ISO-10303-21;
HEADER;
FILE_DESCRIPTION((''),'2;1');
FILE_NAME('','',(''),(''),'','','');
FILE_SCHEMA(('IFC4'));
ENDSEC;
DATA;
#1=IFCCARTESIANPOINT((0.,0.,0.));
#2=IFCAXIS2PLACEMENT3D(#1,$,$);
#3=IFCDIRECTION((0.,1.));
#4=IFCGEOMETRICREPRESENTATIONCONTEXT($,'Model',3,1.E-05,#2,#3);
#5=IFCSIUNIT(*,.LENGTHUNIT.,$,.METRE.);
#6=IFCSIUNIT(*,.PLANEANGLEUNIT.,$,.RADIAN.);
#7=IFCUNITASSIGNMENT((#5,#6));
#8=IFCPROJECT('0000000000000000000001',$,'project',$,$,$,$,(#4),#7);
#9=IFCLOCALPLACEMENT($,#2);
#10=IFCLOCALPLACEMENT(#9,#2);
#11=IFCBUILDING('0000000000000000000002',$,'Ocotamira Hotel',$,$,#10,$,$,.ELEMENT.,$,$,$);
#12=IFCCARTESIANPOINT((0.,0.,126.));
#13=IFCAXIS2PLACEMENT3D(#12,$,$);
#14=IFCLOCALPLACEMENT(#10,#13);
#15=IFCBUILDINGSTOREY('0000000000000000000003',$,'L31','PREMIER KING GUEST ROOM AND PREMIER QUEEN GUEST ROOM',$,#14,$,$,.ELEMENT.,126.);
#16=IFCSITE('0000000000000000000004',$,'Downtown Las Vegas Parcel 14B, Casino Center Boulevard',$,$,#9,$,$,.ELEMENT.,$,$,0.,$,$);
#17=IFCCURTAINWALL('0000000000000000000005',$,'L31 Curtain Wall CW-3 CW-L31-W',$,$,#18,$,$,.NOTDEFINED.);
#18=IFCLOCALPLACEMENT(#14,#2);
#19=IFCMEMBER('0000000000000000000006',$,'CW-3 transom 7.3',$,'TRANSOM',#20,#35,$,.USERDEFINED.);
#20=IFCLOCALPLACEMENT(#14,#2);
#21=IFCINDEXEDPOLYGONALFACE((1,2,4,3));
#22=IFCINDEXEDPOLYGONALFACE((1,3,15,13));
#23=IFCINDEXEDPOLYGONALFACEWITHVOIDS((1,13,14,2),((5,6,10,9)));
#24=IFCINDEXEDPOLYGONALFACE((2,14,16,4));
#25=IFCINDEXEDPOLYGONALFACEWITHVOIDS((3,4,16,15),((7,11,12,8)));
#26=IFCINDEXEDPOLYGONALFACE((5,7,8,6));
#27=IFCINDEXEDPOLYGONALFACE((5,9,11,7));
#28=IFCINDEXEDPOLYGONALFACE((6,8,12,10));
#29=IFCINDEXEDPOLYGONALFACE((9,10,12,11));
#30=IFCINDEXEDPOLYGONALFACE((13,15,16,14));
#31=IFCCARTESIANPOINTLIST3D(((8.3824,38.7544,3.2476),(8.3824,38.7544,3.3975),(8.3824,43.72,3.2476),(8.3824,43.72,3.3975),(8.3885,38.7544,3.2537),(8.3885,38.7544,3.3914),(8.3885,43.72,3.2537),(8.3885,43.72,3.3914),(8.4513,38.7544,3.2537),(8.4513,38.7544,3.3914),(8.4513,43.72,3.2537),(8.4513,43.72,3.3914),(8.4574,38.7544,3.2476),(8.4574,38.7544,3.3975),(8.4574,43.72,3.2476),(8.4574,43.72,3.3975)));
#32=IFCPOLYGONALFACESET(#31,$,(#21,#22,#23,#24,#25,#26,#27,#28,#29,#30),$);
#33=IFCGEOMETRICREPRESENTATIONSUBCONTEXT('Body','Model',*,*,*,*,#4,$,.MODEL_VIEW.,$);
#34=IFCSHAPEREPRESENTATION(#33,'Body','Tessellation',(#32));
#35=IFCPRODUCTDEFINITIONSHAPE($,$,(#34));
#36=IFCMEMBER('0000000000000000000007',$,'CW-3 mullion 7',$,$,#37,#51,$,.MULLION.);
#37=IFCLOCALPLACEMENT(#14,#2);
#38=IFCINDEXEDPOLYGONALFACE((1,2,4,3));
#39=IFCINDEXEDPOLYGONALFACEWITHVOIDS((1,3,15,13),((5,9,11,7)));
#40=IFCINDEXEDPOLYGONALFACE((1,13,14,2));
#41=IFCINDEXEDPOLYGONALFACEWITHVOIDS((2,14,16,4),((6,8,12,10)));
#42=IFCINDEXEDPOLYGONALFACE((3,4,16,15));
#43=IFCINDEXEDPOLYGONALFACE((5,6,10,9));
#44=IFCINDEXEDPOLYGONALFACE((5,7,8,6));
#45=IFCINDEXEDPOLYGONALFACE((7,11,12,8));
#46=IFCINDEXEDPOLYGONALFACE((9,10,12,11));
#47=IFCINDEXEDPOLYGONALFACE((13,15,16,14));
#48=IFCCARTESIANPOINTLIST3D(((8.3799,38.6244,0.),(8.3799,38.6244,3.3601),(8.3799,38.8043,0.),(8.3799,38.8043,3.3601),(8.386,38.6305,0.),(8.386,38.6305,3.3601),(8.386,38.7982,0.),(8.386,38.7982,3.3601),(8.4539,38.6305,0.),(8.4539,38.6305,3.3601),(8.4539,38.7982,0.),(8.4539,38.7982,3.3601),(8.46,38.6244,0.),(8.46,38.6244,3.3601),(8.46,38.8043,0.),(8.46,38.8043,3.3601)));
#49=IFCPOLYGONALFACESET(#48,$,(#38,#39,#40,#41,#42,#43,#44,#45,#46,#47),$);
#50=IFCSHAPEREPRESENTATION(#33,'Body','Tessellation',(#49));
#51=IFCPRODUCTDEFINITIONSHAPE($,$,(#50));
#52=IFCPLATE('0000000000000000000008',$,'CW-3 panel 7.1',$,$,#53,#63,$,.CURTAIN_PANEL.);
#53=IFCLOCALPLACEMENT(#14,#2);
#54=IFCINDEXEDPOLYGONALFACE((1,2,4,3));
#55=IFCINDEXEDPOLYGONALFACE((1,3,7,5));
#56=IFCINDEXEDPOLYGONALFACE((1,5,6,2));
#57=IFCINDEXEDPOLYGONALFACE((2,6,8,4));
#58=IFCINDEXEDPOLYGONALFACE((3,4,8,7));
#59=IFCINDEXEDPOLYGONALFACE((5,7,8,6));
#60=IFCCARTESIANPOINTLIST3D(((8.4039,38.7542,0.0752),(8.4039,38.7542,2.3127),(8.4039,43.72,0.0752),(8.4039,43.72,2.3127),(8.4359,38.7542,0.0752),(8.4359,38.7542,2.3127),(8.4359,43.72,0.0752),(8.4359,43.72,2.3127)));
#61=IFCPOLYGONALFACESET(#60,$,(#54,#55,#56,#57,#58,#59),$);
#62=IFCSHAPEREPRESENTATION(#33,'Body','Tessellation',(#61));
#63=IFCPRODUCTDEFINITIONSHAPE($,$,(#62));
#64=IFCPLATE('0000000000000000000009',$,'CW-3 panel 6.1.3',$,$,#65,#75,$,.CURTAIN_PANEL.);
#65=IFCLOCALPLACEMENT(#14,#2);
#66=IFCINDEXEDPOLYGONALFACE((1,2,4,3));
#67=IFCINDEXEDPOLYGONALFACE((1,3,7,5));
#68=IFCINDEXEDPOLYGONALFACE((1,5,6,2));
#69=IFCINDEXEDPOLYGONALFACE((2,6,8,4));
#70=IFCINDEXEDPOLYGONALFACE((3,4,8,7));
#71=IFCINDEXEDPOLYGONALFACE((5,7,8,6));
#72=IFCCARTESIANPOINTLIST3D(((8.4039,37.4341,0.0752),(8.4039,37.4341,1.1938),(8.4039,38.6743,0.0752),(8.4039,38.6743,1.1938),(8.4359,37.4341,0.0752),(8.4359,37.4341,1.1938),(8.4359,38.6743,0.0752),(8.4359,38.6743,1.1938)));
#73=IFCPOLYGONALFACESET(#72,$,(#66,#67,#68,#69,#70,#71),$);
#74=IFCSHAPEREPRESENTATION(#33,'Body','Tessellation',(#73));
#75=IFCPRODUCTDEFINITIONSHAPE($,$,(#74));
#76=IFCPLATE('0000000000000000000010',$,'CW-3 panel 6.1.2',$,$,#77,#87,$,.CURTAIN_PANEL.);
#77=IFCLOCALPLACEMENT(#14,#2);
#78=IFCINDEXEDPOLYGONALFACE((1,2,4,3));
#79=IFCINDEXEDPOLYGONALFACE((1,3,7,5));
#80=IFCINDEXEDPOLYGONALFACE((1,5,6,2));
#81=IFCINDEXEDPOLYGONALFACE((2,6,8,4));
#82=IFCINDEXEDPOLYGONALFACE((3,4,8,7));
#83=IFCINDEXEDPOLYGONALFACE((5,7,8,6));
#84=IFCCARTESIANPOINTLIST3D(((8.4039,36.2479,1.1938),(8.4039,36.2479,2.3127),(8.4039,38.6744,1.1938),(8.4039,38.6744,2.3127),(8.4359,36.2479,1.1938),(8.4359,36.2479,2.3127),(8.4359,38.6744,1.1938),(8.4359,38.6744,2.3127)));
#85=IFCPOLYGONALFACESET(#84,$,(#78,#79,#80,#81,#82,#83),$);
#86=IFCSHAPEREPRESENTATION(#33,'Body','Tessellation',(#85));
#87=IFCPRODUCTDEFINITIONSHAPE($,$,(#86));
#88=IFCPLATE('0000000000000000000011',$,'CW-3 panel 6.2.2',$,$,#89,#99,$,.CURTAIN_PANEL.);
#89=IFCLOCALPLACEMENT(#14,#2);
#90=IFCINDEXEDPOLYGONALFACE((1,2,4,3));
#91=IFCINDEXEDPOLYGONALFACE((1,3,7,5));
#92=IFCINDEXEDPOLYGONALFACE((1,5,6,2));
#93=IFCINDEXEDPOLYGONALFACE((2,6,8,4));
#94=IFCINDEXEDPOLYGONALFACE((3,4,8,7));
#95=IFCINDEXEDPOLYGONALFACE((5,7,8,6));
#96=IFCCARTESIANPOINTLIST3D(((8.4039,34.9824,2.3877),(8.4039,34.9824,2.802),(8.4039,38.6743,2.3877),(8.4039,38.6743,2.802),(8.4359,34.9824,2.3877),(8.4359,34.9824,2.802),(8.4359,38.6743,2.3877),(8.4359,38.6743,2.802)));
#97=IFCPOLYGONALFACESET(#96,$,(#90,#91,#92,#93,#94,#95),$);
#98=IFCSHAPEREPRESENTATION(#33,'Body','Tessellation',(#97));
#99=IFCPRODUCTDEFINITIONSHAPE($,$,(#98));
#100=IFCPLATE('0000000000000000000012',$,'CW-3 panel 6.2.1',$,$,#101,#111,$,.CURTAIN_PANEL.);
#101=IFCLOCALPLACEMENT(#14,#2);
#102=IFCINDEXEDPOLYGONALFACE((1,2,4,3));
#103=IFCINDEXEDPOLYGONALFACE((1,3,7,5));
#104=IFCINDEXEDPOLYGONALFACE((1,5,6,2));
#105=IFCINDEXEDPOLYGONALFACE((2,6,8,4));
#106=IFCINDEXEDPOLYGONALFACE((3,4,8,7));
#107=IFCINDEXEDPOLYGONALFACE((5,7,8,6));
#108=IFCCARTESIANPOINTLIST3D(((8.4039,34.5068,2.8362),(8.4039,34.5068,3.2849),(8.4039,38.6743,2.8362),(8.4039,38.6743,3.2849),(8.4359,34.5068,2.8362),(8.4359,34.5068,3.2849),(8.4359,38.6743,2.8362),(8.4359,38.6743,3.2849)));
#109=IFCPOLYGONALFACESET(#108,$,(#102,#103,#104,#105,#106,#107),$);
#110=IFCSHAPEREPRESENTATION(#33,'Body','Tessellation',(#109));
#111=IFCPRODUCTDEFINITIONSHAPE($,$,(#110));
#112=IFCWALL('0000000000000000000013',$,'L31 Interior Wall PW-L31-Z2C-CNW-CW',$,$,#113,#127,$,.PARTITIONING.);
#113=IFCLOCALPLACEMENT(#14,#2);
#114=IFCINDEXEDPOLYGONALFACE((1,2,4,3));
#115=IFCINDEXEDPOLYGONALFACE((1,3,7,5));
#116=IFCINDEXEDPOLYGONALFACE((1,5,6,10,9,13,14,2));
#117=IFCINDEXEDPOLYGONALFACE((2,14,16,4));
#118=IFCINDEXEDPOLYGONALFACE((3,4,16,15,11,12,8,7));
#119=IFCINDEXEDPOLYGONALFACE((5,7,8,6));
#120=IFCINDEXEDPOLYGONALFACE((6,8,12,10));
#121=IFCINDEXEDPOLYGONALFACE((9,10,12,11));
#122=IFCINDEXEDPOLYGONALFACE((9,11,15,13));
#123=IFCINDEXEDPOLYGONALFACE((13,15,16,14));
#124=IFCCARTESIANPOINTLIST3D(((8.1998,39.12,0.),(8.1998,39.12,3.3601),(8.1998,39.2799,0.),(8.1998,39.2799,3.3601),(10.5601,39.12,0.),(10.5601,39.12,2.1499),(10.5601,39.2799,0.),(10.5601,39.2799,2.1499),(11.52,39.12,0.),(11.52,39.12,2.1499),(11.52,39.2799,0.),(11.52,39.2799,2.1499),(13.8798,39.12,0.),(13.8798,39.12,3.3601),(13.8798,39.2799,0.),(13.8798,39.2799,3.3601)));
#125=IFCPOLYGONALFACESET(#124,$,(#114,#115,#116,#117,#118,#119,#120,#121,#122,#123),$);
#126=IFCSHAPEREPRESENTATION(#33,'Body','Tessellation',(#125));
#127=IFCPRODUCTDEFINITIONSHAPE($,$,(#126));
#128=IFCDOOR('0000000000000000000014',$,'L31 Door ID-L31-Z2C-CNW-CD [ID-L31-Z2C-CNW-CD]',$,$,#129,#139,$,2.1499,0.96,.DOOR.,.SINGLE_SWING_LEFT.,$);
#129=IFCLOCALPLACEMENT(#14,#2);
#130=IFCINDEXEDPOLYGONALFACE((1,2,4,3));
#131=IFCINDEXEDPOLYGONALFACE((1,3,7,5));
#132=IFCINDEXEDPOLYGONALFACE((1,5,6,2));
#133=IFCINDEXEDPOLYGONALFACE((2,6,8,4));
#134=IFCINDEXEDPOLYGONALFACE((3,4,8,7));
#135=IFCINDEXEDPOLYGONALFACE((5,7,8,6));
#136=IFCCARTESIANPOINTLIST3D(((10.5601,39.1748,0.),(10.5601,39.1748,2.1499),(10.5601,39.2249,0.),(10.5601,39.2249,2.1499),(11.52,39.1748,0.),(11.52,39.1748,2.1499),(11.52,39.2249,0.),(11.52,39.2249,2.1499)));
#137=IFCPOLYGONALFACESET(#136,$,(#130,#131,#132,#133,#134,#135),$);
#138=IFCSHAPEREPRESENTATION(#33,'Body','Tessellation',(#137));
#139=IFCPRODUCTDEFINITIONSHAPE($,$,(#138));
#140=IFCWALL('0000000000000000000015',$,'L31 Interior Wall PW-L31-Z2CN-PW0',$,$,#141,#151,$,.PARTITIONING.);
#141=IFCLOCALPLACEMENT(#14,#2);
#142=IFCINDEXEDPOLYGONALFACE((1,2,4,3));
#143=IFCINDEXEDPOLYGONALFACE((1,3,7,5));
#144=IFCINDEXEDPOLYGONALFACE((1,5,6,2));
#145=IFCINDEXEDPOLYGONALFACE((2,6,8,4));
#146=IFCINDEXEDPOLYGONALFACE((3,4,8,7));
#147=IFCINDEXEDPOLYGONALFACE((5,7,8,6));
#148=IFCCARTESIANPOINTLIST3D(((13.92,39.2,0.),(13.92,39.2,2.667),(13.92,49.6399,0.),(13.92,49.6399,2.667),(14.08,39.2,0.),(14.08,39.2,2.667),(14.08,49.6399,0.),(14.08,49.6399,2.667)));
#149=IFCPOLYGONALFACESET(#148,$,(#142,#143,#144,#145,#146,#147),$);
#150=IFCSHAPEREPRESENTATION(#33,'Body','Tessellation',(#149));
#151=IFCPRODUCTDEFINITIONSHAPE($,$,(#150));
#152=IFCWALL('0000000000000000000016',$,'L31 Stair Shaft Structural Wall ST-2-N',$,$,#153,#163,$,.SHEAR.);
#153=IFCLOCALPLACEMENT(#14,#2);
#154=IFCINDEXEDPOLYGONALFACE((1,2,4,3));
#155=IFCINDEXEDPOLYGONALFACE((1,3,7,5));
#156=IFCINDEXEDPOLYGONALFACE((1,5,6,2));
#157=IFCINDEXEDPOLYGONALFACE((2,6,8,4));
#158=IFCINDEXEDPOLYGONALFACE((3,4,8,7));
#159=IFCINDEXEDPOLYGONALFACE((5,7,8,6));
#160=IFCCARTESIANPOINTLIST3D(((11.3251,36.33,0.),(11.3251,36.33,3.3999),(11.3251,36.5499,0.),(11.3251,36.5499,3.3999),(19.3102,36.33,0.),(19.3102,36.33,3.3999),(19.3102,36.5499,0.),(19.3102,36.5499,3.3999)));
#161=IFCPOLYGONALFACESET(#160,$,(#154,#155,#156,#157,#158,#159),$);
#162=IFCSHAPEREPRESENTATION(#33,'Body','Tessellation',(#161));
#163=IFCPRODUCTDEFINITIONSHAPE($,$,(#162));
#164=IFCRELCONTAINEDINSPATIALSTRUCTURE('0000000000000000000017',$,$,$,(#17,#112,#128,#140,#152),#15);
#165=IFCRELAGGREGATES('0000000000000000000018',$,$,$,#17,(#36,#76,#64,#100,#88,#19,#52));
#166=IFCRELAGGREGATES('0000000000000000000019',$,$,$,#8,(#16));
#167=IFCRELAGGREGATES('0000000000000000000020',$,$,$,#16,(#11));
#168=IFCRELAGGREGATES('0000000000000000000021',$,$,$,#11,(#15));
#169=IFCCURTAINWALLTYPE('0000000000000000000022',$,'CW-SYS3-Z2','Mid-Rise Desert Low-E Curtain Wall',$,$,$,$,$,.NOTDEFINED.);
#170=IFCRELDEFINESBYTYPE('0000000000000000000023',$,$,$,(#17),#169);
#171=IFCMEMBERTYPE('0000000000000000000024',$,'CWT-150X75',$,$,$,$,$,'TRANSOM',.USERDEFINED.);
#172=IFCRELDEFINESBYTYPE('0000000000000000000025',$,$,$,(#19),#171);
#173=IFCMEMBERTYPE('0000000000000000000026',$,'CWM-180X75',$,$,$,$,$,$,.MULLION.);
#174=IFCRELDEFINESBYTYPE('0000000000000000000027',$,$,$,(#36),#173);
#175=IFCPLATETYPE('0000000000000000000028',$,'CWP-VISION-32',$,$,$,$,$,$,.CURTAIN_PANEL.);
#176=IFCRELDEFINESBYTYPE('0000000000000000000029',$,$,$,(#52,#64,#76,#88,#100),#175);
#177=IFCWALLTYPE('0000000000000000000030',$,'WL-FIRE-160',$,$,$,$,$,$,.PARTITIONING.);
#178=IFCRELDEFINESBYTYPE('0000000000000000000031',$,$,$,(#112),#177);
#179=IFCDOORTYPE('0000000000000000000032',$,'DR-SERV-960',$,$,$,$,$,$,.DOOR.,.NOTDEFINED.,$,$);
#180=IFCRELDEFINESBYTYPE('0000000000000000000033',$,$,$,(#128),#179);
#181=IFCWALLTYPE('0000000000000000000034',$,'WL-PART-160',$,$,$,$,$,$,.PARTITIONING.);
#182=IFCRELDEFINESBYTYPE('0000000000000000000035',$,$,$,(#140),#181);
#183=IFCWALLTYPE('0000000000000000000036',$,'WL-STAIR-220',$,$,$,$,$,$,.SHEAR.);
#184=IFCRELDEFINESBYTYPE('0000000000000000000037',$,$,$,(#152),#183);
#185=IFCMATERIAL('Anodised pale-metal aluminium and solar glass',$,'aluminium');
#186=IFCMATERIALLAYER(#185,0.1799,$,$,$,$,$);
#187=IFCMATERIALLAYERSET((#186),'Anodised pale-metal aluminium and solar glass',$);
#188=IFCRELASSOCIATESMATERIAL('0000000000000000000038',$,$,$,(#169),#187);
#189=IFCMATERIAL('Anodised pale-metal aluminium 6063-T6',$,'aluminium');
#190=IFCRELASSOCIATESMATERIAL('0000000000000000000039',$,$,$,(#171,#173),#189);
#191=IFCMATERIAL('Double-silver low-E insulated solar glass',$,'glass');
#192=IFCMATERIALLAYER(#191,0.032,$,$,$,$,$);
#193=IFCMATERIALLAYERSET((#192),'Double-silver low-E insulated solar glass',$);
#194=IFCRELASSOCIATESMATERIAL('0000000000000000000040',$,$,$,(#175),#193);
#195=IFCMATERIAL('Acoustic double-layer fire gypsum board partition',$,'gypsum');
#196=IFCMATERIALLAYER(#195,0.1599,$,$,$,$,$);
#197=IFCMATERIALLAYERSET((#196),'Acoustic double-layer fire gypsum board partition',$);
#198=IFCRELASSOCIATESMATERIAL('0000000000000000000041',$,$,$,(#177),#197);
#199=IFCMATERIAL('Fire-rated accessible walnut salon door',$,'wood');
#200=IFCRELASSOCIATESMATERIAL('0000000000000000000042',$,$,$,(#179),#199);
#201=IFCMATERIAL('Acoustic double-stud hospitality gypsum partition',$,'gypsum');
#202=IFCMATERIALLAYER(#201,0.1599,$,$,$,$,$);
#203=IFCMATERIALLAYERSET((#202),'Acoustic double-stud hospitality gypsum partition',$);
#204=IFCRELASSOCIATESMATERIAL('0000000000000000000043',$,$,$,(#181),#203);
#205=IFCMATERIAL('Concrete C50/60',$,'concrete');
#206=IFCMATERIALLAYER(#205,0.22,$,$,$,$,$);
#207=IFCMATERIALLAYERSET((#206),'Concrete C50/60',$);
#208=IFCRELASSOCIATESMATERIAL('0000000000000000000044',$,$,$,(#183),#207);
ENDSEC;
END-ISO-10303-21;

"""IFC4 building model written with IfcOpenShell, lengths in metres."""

from ifc_helpers import new_model, si_unit, direction, frame, frame_2d, origin, origin_2d, place, context, subcontext, project, spatial, rectangle, hollow_rectangle, extrude, source, transform, mapped, material, layer, layer_set, material_profile, profile_set, type_object, element, fill, aggregate, save


model = new_model("IFC4")

# Units and contexts
model_context = context("Model", 3, precision=1e-05, world=origin(), true_north=direction((0.0, 1.0)))
body_context = subcontext(model_context, "Body", "Model", "MODEL_VIEW")
ifc_project = project(units=[si_unit("LENGTHUNIT", "METRE"), si_unit("PLANEANGLEUNIT", "RADIAN")], contexts=[model_context])

# Site, building, storey
site_placement = place(None, origin())
site = spatial("IfcSite", under=ifc_project, at=site_placement, Name="Downtown Las Vegas Parcel 14B, Casino Center Boulevard", CompositionType="ELEMENT", RefElevation=0.0)
building_placement = place(site_placement, origin())
building = spatial("IfcBuilding", under=site, at=building_placement, Name="Ocotamira Hotel", CompositionType="ELEMENT")
storey_placement = place(building_placement, frame((0.0, 0.0, 126.0)))
storey = spatial("IfcBuildingStorey", under=building, at=storey_placement, Name="L31", Description="PREMIER KING GUEST ROOM AND PREMIER QUEEN GUEST ROOM", CompositionType="ELEMENT", Elevation=126.0)

# Curtain wall, members, plates
ifc_material_1 = material(Name="Anodised pale-metal aluminium and solar glass", Category="aluminium")
ifc_layer_1 = layer(ifc_material_1, 0.1799)
ifc_layer_set_1 = layer_set([ifc_layer_1], Name="Anodised pale-metal aluminium and solar glass")
curtain_wall_type = type_object("IfcCurtainWallType", Name="CW-SYS3-Z2", Description="Mid-Rise Desert Low-E Curtain Wall", PredefinedType="NOTDEFINED", material=ifc_layer_set_1)
curtain_wall_placement = place(storey_placement, origin())
curtain_wall = element("IfcCurtainWall", 1, at=curtain_wall_placement, inside=storey, type_object=curtain_wall_type, Name="L31 Curtain Wall CW-3 CW-L31-W", PredefinedType="NOTDEFINED")
ifc_material_2 = material(Name="Anodised pale-metal aluminium 6063-T6", Category="aluminium")
ifc_material_profile_1 = material_profile(ifc_material_2, hollow_rectangle(XDim=0.075, YDim=0.1499, WallThickness=0.0061, at=origin_2d()), Name="HSS150X75X6")
ifc_profile_set_1 = profile_set([ifc_material_profile_1], Name="Anodised pale-metal aluminium 6063-T6")
member_type_1 = type_object("IfcMemberType", Name="CWT-150X75", ElementType="TRANSOM", PredefinedType="USERDEFINED", material=ifc_profile_set_1)
shared_shape_1 = source(origin(), body_context, "Body", "SweptSolid", [
    extrude(hollow_rectangle(XDim=0.075, YDim=0.1499, WallThickness=0.0061, at=origin_2d()), origin(), (0.0, 0.0, 1.0), 4.9656),
])
member_1_placement = place(storey_placement, frame((8.4199, 38.7544, 3.3225), z_axis=(0.0, 1.0, 0.0), x_axis=(-1.0, 0.0, 0.0)))
member_1 = element("IfcMember", 2, at=member_1_placement, type_object=member_type_1, Name="CW-3 transom 7.3", ObjectType="TRANSOM", PredefinedType="USERDEFINED", context=body_context, shape_type="MappedRepresentation", body=[
    mapped(shared_shape_1, transform((0.0, 0.0, 0.0), scale=1.0)),
])
ifc_material_profile_2 = material_profile(ifc_material_2, hollow_rectangle(XDim=0.0801, YDim=0.1799, WallThickness=0.0061, at=origin_2d()), Name="HSS180X80X6")
ifc_profile_set_2 = profile_set([ifc_material_profile_2], Name="Anodised pale-metal aluminium 6063-T6")
member_type_2 = type_object("IfcMemberType", Name="CWM-180X75", PredefinedType="MULLION", material=ifc_profile_set_2)
shared_shape_2 = source(origin(), body_context, "Body", "SweptSolid", [
    extrude(hollow_rectangle(XDim=0.0801, YDim=0.1799, WallThickness=0.0061, at=origin_2d()), origin(), (0.0, 0.0, 1.0), 3.3601),
])
member_2_placement = place(storey_placement, frame((8.4199, 38.7144, 0.0), z_axis=(0.0, 0.0, 1.0), x_axis=(-1.0, 0.0, 0.0)))
member_2 = element("IfcMember", 3, at=member_2_placement, type_object=member_type_2, Name="CW-3 mullion 7", PredefinedType="MULLION", context=body_context, shape_type="MappedRepresentation", body=[
    mapped(shared_shape_2, transform((0.0, 0.0, 0.0), scale=1.0)),
])
ifc_material_3 = material(Name="Double-silver low-E insulated solar glass", Category="glass")
ifc_layer_2 = layer(ifc_material_3, 0.032)
ifc_layer_set_2 = layer_set([ifc_layer_2], Name="Double-silver low-E insulated solar glass")
plate_type = type_object("IfcPlateType", Name="CWP-VISION-32", PredefinedType="CURTAIN_PANEL", material=ifc_layer_set_2)
shared_shape_3 = source(origin(), body_context, "Body", "SweptSolid", [
    extrude(rectangle(XDim=4.9658, YDim=0.032, at=origin_2d()), origin(), (0.0, 0.0, 1.0), 2.2375),
])
plate_1_placement = place(storey_placement, frame((8.4199, 41.2371, 0.0752), z_axis=(0.0, 0.0, 1.0), x_axis=(0.0, 1.0, 0.0)))
plate_1 = element("IfcPlate", 4, at=plate_1_placement, type_object=plate_type, Name="CW-3 panel 7.1", PredefinedType="CURTAIN_PANEL", context=body_context, shape_type="MappedRepresentation", body=[
    mapped(shared_shape_3, transform((0.0, 0.0, 0.0), scale=1.0)),
])
shared_shape_4 = source(origin(), body_context, "Body", "SweptSolid", [
    extrude(rectangle(XDim=1.2402, YDim=0.032, at=origin_2d()), origin(), (0.0, 0.0, 1.0), 1.1187),
])
plate_2_placement = place(storey_placement, frame((8.4199, 38.0542, 0.0752), z_axis=(0.0, 0.0, 1.0), x_axis=(0.0, 1.0, 0.0)))
plate_2 = element("IfcPlate", 5, at=plate_2_placement, type_object=plate_type, Name="CW-3 panel 6.1.3", PredefinedType="CURTAIN_PANEL", context=body_context, shape_type="MappedRepresentation", body=[
    mapped(shared_shape_4, transform((0.0, 0.0, 0.0), scale=1.0)),
])
shared_shape_5 = source(origin(), body_context, "Body", "SweptSolid", [
    extrude(rectangle(XDim=2.4265, YDim=0.032, at=origin_2d()), origin(), (0.0, 0.0, 1.0), 1.1189),
])
plate_3_placement = place(storey_placement, frame((8.4199, 37.4612, 1.1938), z_axis=(0.0, 0.0, 1.0), x_axis=(0.0, 1.0, 0.0)))
plate_3 = element("IfcPlate", 6, at=plate_3_placement, type_object=plate_type, Name="CW-3 panel 6.1.2", PredefinedType="CURTAIN_PANEL", context=body_context, shape_type="MappedRepresentation", body=[
    mapped(shared_shape_5, transform((0.0, 0.0, 0.0), scale=1.0)),
])
shared_shape_6 = source(origin(), body_context, "Body", "SweptSolid", [
    extrude(rectangle(XDim=3.6919, YDim=0.032, at=origin_2d()), origin(), (0.0, 0.0, 1.0), 0.4143),
])
plate_4_placement = place(storey_placement, frame((8.4199, 36.8284, 2.3877), z_axis=(0.0, 0.0, 1.0), x_axis=(0.0, 1.0, 0.0)))
plate_4 = element("IfcPlate", 7, at=plate_4_placement, type_object=plate_type, Name="CW-3 panel 6.2.2", PredefinedType="CURTAIN_PANEL", context=body_context, shape_type="MappedRepresentation", body=[
    mapped(shared_shape_6, transform((0.0, 0.0, 0.0), scale=1.0)),
])
shared_shape_7 = source(origin(), body_context, "Body", "SweptSolid", [
    extrude(rectangle(XDim=4.1675, YDim=0.032, at=origin_2d()), origin(), (0.0, 0.0, 1.0), 0.4487),
])
plate_5_placement = place(storey_placement, frame((8.4199, 36.5906, 2.8362), z_axis=(0.0, 0.0, 1.0), x_axis=(0.0, 1.0, 0.0)))
plate_5 = element("IfcPlate", 8, at=plate_5_placement, type_object=plate_type, Name="CW-3 panel 6.2.1", PredefinedType="CURTAIN_PANEL", context=body_context, shape_type="MappedRepresentation", body=[
    mapped(shared_shape_7, transform((0.0, 0.0, 0.0), scale=1.0)),
])
aggregate(curtain_wall, [member_2, plate_3, plate_2, plate_5, plate_4, member_1, plate_1])

# Wall, opening, door
ifc_material_4 = material(Name="Acoustic double-layer fire gypsum board partition", Category="gypsum")
ifc_layer_3 = layer(ifc_material_4, 0.1599)
ifc_layer_set_3 = layer_set([ifc_layer_3], Name="Acoustic double-layer fire gypsum board partition")
wall_type_1 = type_object("IfcWallType", Name="WL-FIRE-160", PredefinedType="PARTITIONING", material=ifc_layer_set_3)
wall_1_placement = place(storey_placement, frame((8.2, 39.2, 0.0), z_axis=(0.0, 0.0, 1.0), x_axis=(1.0, 0.0, 0.0)))
wall_1 = element("IfcWall", 9, at=wall_1_placement, inside=storey, type_object=wall_type_1, Name="L31 Interior Wall PW-L31-Z2C-CNW-CW", PredefinedType="PARTITIONING", context=body_context, shape_type="SweptSolid", body=[
    extrude(rectangle(XDim=5.6799, YDim=0.1599, at=frame_2d((2.8398, 0.0))), origin(), (0.0, 0.0, 1.0), 3.3601),
])
opening_1_placement = place(wall_1_placement, frame((2.3601, 0.0, 0.0)))
opening_1 = element("IfcOpeningElement", 10, at=opening_1_placement, cuts=wall_1, PredefinedType="OPENING", context=body_context, shape_type="SweptSolid", body=[
    extrude(rectangle(XDim=0.96, YDim=2.1499, at=frame_2d((0.48, 1.075))), frame((0.0, 0.0898, 0.0), z_axis=(0.0, -1.0, 0.0), x_axis=(1.0, 0.0, 0.0)), (0.0, 0.0, 1.0), 0.1799),
])
ifc_material_5 = material(Name="Fire-rated accessible walnut salon door", Category="wood")
door_type_1 = type_object("IfcDoorType", Name="DR-SERV-960", OperationType="NOTDEFINED", PredefinedType="DOOR", material=ifc_material_5)
shared_shape_8 = source(origin(), body_context, "Body", "SweptSolid", [
    extrude(rectangle(XDim=0.96, YDim=2.1499, at=frame_2d((0.48, 1.075))), frame((0.0, 0.0249, 0.0), z_axis=(0.0, -1.0, 0.0), x_axis=(1.0, 0.0, 0.0)), (0.0, 0.0, 1.0), 0.05),
])
door_1_placement = place(opening_1_placement, origin())
door_1 = element("IfcDoor", 11, at=door_1_placement, inside=storey, type_object=door_type_1, Name="L31 Door ID-L31-Z2C-CNW-CD [ID-L31-Z2C-CNW-CD]", OperationType="SINGLE_SWING_LEFT", OverallHeight=2.1499, OverallWidth=0.96, PredefinedType="DOOR", context=body_context, shape_type="MappedRepresentation", body=[
    mapped(shared_shape_8, transform((0.0, 0.0, 0.0), scale=1.0)),
])
fill(opening_1, door_1)

# Walls
ifc_material_6 = material(Name="Acoustic double-stud hospitality gypsum partition", Category="gypsum")
ifc_layer_4 = layer(ifc_material_6, 0.1599)
ifc_layer_set_4 = layer_set([ifc_layer_4], Name="Acoustic double-stud hospitality gypsum partition")
wall_type_2 = type_object("IfcWallType", Name="WL-PART-160", PredefinedType="PARTITIONING", material=ifc_layer_set_4)
wall_2_placement = place(storey_placement, frame((14.0, 39.2, 0.0), z_axis=(0.0, 0.0, 1.0), x_axis=(0.0, 1.0, 0.0)))
element("IfcWall", 12, at=wall_2_placement, inside=storey, type_object=wall_type_2, Name="L31 Interior Wall PW-L31-Z2CN-PW0", PredefinedType="PARTITIONING", context=body_context, shape_type="SweptSolid", body=[
    extrude(rectangle(XDim=10.4399, YDim=0.1599, at=frame_2d((5.22, 0.0))), origin(), (0.0, 0.0, 1.0), 2.667),
])
ifc_material_7 = material(Name="Concrete C50/60", Category="concrete")
ifc_layer_5 = layer(ifc_material_7, 0.22)
ifc_layer_set_5 = layer_set([ifc_layer_5], Name="Concrete C50/60")
wall_type_3 = type_object("IfcWallType", Name="WL-STAIR-220", PredefinedType="SHEAR", material=ifc_layer_set_5)
wall_3_placement = place(storey_placement, frame((11.325, 36.4399, 0.0), z_axis=(0.0, 0.0, 1.0), x_axis=(1.0, 0.0, 0.0)))
element("IfcWall", 13, at=wall_3_placement, inside=storey, type_object=wall_type_3, Name="L31 Stair Shaft Structural Wall ST-2-N", PredefinedType="SHEAR", context=body_context, shape_type="SweptSolid", body=[
    extrude(rectangle(XDim=7.9851, YDim=0.22, at=frame_2d((3.9927, 0.0))), origin(), (0.0, 0.0, 1.0), 3.3999),
])

save(model, "model.ifc")
